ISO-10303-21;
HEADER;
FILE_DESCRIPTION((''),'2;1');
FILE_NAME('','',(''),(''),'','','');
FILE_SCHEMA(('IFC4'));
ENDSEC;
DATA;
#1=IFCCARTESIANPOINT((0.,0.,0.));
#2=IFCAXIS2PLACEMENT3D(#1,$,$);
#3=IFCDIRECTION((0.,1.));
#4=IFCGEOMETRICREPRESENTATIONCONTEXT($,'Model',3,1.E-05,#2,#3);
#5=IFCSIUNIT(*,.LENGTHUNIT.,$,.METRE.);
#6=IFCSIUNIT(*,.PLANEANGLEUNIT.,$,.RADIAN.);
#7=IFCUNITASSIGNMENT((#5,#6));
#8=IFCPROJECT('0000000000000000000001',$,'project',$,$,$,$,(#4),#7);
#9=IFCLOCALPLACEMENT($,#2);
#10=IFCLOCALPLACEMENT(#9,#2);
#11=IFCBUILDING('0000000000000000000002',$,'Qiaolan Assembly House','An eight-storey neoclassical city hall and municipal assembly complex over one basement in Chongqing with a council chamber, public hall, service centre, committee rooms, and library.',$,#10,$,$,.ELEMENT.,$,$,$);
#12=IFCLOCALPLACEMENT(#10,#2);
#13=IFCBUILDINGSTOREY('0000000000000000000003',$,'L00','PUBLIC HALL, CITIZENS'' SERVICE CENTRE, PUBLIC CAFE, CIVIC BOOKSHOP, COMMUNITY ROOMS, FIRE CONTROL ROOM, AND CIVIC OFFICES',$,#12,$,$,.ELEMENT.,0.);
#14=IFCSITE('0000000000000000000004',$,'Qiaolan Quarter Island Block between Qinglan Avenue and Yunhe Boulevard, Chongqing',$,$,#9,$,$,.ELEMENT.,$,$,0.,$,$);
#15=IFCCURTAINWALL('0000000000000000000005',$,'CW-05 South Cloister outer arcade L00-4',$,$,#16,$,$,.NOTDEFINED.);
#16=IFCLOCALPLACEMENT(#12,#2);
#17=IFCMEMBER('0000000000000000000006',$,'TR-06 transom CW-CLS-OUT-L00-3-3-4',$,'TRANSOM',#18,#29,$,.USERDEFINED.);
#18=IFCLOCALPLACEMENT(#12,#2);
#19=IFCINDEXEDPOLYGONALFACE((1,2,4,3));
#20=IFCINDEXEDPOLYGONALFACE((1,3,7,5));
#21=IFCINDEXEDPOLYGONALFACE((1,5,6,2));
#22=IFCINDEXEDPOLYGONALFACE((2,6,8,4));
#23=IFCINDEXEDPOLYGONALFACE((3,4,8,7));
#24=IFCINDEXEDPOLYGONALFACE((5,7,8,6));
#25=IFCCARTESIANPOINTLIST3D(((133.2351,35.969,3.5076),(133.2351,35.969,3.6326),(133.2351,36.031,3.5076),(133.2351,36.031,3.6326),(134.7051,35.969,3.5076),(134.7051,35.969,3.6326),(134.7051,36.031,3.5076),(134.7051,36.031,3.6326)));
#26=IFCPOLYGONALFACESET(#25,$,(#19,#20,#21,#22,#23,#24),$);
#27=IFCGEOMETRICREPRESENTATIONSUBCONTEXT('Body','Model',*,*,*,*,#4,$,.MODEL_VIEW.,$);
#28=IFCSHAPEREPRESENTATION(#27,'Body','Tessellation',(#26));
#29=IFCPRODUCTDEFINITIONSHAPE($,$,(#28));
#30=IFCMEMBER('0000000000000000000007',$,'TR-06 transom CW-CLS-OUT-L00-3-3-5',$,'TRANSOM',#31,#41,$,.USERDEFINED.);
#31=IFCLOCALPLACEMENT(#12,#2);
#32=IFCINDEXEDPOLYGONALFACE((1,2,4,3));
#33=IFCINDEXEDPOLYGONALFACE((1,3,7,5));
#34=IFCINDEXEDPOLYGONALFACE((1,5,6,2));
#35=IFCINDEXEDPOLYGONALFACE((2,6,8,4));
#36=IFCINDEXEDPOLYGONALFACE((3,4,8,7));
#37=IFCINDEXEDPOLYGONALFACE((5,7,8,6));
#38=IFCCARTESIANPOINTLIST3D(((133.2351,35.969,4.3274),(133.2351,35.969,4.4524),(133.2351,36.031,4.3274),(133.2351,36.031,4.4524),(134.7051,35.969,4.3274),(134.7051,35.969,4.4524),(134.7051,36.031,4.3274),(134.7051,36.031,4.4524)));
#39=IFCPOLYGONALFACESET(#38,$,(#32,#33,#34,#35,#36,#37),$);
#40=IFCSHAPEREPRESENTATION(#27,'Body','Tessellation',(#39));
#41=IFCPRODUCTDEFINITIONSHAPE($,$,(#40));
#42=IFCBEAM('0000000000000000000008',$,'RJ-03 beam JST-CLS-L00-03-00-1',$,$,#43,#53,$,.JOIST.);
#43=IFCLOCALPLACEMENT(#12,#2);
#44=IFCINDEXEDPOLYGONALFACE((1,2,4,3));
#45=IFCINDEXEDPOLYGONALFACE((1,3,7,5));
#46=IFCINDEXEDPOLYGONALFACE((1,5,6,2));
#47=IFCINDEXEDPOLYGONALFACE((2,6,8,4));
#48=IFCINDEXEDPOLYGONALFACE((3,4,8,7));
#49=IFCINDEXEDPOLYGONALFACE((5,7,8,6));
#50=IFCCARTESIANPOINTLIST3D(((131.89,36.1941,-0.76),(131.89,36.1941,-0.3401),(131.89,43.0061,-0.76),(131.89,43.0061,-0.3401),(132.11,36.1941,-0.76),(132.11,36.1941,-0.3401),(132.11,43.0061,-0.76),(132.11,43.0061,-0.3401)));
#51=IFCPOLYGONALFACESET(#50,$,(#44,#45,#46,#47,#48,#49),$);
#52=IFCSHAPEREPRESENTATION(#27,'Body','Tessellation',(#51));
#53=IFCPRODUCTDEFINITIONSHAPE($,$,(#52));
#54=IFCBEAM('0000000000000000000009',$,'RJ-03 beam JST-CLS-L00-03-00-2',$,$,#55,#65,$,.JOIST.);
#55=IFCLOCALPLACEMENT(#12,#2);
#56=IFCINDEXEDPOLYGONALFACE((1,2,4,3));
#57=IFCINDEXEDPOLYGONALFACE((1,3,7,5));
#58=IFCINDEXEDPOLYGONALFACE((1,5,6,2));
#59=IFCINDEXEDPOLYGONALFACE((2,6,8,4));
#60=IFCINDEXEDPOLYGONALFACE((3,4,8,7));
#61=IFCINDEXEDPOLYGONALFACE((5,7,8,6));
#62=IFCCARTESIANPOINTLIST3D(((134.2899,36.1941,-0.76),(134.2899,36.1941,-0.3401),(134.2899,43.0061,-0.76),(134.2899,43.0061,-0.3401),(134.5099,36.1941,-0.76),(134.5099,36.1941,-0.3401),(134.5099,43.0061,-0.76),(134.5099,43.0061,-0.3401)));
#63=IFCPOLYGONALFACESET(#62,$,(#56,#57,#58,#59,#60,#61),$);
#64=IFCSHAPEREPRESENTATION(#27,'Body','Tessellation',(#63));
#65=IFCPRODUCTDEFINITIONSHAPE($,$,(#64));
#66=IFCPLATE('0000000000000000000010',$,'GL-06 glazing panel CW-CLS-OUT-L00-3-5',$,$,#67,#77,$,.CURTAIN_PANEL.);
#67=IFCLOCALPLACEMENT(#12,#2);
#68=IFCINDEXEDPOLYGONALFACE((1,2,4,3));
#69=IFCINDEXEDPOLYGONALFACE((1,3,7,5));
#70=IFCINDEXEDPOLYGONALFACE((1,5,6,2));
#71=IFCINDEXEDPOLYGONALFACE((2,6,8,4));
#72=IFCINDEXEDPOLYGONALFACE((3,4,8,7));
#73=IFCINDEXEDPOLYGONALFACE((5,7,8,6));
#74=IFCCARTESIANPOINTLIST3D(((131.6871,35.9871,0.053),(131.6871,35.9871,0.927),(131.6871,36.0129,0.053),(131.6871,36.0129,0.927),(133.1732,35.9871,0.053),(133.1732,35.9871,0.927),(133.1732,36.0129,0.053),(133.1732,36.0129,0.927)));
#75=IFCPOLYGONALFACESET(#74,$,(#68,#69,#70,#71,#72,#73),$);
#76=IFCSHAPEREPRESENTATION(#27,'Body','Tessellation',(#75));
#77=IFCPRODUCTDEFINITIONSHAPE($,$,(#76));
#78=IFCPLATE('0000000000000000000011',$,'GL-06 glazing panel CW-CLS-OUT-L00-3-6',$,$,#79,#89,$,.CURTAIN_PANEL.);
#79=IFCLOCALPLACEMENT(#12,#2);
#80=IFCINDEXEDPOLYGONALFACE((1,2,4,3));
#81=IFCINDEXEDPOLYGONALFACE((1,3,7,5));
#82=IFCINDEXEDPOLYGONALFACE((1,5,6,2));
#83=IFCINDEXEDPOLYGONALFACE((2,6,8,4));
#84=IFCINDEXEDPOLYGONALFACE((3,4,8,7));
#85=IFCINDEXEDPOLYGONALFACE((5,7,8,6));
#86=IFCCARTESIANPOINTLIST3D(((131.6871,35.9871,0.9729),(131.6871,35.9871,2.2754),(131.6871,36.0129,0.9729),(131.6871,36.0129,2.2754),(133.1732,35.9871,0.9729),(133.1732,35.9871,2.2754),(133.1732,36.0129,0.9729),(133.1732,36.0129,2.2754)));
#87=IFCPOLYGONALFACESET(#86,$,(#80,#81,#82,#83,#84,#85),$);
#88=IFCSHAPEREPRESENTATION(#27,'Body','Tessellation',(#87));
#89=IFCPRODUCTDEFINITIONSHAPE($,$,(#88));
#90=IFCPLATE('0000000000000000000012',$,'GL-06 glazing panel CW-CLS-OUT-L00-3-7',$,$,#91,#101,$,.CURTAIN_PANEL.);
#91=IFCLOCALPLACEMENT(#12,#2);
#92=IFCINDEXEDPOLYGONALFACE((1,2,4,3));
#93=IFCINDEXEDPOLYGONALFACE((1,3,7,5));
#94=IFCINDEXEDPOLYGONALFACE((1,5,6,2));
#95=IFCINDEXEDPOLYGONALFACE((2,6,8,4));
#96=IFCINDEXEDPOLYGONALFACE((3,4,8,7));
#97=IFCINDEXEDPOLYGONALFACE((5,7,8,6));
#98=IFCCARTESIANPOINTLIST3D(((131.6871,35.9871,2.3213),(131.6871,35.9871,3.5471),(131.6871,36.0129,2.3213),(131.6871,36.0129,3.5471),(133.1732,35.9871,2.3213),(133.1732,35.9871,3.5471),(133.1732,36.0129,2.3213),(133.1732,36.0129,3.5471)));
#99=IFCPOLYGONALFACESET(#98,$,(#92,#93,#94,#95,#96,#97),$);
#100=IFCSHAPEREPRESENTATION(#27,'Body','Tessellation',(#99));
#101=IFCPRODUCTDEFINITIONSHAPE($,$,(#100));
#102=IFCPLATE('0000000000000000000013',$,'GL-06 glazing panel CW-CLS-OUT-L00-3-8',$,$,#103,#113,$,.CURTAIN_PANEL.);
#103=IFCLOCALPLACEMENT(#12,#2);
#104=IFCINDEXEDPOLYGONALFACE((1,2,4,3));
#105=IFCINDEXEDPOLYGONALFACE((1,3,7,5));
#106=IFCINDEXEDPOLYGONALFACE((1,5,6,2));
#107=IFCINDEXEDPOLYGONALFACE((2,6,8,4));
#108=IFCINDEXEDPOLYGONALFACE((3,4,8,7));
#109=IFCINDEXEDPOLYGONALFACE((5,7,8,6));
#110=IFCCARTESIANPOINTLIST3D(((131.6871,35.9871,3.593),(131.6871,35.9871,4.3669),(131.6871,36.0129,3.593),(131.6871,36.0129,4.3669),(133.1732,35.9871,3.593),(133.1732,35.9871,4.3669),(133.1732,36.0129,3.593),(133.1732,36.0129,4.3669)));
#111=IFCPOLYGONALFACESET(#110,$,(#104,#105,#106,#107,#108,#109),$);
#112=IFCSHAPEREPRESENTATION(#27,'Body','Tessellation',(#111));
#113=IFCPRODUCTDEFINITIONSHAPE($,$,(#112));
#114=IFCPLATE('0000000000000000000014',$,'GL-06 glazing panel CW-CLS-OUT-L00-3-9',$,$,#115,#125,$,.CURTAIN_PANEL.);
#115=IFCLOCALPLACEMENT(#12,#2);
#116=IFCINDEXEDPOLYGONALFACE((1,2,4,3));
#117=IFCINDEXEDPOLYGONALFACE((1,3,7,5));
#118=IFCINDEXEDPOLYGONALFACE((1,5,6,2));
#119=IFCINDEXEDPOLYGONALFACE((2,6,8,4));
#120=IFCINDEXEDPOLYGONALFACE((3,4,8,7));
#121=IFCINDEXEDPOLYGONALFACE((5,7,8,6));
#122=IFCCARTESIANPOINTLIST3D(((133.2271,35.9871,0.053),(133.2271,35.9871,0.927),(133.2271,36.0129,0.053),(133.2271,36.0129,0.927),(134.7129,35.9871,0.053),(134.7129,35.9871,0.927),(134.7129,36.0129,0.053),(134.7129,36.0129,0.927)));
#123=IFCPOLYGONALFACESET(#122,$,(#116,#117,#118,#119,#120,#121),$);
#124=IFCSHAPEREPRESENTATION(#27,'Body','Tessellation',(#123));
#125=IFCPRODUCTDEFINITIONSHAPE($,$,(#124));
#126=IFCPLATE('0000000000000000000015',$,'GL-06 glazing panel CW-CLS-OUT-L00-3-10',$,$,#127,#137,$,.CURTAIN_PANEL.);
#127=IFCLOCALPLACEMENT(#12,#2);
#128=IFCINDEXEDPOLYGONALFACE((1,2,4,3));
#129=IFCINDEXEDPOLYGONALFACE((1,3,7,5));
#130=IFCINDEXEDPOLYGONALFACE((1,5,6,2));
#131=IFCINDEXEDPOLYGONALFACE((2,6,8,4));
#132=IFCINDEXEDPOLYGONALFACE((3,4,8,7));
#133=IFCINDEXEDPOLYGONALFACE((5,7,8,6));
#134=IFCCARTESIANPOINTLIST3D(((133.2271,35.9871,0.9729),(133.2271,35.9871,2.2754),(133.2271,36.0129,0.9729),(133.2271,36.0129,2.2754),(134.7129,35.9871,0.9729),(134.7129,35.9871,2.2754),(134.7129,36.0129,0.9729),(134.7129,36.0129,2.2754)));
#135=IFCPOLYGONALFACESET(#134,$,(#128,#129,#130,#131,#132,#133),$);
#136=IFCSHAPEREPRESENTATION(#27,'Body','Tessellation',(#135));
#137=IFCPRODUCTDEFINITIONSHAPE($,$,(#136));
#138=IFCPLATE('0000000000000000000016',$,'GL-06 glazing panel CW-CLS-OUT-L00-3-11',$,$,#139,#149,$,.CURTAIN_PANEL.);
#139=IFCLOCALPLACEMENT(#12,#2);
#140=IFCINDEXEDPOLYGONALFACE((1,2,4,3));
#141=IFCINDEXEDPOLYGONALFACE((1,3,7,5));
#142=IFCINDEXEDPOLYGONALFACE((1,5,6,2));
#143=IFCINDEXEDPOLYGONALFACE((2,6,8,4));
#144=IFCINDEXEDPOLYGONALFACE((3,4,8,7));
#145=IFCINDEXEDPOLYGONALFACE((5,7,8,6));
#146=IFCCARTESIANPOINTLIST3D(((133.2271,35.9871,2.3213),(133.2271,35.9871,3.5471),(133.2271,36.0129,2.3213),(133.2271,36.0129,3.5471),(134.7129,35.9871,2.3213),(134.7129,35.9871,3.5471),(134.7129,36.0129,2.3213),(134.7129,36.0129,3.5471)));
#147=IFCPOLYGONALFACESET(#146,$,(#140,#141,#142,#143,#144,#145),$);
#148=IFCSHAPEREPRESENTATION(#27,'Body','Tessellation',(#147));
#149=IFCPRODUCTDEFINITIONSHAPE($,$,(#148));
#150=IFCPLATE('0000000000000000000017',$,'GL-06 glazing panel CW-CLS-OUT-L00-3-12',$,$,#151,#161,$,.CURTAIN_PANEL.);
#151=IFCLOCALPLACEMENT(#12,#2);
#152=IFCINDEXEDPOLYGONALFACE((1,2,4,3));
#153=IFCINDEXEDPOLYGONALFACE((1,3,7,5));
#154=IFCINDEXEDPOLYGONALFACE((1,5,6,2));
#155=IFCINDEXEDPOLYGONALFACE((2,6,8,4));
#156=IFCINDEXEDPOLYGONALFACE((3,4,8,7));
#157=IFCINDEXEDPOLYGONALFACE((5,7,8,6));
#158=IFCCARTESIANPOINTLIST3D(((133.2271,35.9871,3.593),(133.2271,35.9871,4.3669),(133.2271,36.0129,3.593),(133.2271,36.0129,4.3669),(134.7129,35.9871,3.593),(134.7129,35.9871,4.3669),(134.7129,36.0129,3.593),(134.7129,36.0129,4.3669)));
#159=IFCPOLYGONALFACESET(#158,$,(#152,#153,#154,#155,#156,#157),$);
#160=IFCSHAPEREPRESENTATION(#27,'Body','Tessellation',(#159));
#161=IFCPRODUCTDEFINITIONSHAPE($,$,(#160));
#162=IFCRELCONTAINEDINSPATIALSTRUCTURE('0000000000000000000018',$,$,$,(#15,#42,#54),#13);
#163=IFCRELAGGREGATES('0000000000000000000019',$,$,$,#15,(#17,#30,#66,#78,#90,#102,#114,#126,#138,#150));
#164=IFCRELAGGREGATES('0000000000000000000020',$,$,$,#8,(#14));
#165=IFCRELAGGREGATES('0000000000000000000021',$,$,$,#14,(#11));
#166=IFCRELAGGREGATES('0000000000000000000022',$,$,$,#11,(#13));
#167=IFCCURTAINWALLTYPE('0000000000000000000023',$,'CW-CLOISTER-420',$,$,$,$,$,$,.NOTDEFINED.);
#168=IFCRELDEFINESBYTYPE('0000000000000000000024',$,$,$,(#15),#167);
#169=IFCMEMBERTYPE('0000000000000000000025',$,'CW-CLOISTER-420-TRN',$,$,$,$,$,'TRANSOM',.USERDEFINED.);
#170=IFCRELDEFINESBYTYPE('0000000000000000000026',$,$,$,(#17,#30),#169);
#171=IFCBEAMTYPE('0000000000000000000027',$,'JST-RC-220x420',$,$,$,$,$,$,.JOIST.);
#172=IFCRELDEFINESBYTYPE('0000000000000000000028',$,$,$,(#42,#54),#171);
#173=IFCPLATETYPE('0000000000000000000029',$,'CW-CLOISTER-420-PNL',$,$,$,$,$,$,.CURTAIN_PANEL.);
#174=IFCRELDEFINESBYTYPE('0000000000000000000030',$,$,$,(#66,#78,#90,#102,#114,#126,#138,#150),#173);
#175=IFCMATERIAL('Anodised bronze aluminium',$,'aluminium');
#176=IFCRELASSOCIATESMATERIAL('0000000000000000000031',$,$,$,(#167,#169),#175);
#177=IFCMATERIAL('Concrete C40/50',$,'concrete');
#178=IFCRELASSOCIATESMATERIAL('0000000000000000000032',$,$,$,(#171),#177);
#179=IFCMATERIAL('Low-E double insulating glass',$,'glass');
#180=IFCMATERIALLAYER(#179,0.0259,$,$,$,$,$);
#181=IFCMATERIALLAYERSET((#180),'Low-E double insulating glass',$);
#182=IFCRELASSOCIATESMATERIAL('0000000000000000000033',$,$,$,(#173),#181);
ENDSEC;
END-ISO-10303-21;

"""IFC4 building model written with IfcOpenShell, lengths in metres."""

from ifc_helpers import new_model, si_unit, direction, frame, frame_2d, origin, origin_2d, place, context, subcontext, project, spatial, rectangle, extrude, material, layer, layer_set, material_profile, profile_set, type_object, element, aggregate, save


model = new_model("IFC4")

# Units and contexts
model_context = context("Model", 3, precision=1e-05, world=origin(), true_north=direction((0.0, 1.0)))
body_context = subcontext(model_context, "Body", "Model", "MODEL_VIEW")
ifc_project = project(units=[si_unit("LENGTHUNIT", "METRE"), si_unit("PLANEANGLEUNIT", "RADIAN")], contexts=[model_context])

# Site, building, storey
site_placement = place(None, origin())
site = spatial("IfcSite", under=ifc_project, at=site_placement, Name="Qiaolan Quarter Island Block between Qinglan Avenue and Yunhe Boulevard, Chongqing", CompositionType="ELEMENT", RefElevation=0.0)
building_placement = place(site_placement, origin())
building = spatial("IfcBuilding", under=site, at=building_placement, Name="Qiaolan Assembly House", Description="An eight-storey neoclassical city hall and municipal assembly complex over one basement in Chongqing with a council chamber, public hall, service centre, committee rooms, and library.", CompositionType="ELEMENT")
storey_placement = place(building_placement, origin())
storey = spatial("IfcBuildingStorey", under=building, at=storey_placement, Name="L00", Description="PUBLIC HALL, CITIZENS' SERVICE CENTRE, PUBLIC CAFE, CIVIC BOOKSHOP, COMMUNITY ROOMS, FIRE CONTROL ROOM, AND CIVIC OFFICES", CompositionType="ELEMENT", Elevation=0.0)

# Curtain wall, members
ifc_material_1 = material(Name="Anodised bronze aluminium", Category="aluminium")
curtain_wall_type = type_object("IfcCurtainWallType", Name="CW-CLOISTER-420", PredefinedType="NOTDEFINED", material=ifc_material_1)
curtain_wall_placement = place(storey_placement, origin())
curtain_wall = element("IfcCurtainWall", 1, at=curtain_wall_placement, inside=storey, type_object=curtain_wall_type, Name="CW-05 South Cloister outer arcade L00-4", PredefinedType="NOTDEFINED")
ifc_material_profile_1 = material_profile(ifc_material_1, rectangle(XDim=0.062, YDim=0.125, at=origin_2d()), Name="TRN 62x125")
ifc_profile_set_1 = profile_set([ifc_material_profile_1], Name="Anodised bronze aluminium")
member_type_1 = type_object("IfcMemberType", Name="CW-CLOISTER-420-TRN", ElementType="TRANSOM", PredefinedType="USERDEFINED", material=ifc_profile_set_1)
member_1_placement = place(storey_placement, frame((133.2351, 36.0, 3.5701), z_axis=(1.0, 0.0, 0.0), x_axis=(0.0, 1.0, 0.0)))
member_1 = element("IfcMember", 2, at=member_1_placement, type_object=member_type_1, Name="TR-06 transom CW-CLS-OUT-L00-3-3-4", ObjectType="TRANSOM", PredefinedType="USERDEFINED", context=body_context, shape_type="SweptSolid", body=[
    extrude(rectangle(XDim=0.062, YDim=0.125, at=origin_2d()), origin(), (0.0, 0.0, 1.0), 1.47),
])
member_2_placement = place(storey_placement, frame((133.2351, 36.0, 4.3899), z_axis=(1.0, 0.0, 0.0), x_axis=(0.0, 1.0, 0.0)))
member_2 = element("IfcMember", 3, at=member_2_placement, type_object=member_type_1, Name="TR-06 transom CW-CLS-OUT-L00-3-3-5", ObjectType="TRANSOM", PredefinedType="USERDEFINED", context=body_context, shape_type="SweptSolid", body=[
    extrude(rectangle(XDim=0.062, YDim=0.125, at=origin_2d()), origin(), (0.0, 0.0, 1.0), 1.47),
])

# Beams
ifc_material_2 = material(Name="Concrete C40/50", Category="concrete")
ifc_material_profile_2 = material_profile(ifc_material_2, rectangle(XDim=0.22, YDim=0.4199, at=origin_2d()), Name="RCB 220x420")
ifc_profile_set_2 = profile_set([ifc_material_profile_2], Name="Concrete C40/50")
beam_type = type_object("IfcBeamType", Name="JST-RC-220x420", PredefinedType="JOIST", material=ifc_profile_set_2)
for number, where, z_axis, x_axis, name in (
    (4, (132.0, 36.1941, -0.55), (0.0, 1.0, 0.0), (-1.0, 0.0, 0.0), "RJ-03 beam JST-CLS-L00-03-00-1"),
    (5, (134.3999, 36.1941, -0.55), (0.0, 1.0, 0.0), (-1.0, 0.0, 0.0), "RJ-03 beam JST-CLS-L00-03-00-2"),
):
    element("IfcBeam", number, at=place(storey_placement, frame(where, z_axis=z_axis, x_axis=x_axis)), inside=storey, type_object=beam_type, Name=name, PredefinedType="JOIST", context=body_context, shape_type="SweptSolid", body=[
        extrude(rectangle(XDim=0.22, YDim=0.4199, at=origin_2d()), origin(), (0.0, 0.0, 1.0), 6.812),
    ])

# Plates
ifc_material_3 = material(Name="Low-E double insulating glass", Category="glass")
ifc_layer = layer(ifc_material_3, 0.0259)
ifc_layer_set = layer_set([ifc_layer], Name="Low-E double insulating glass")
plate_type = type_object("IfcPlateType", Name="CW-CLOISTER-420-PNL", PredefinedType="CURTAIN_PANEL", material=ifc_layer_set)
plate_1_placement = place(storey_placement, frame((131.687, 36.0, 0.053), z_axis=(0.0, 0.0, 1.0), x_axis=(1.0, 0.0, 0.0)))
plate_1 = element("IfcPlate", 6, at=plate_1_placement, type_object=plate_type, Name="GL-06 glazing panel CW-CLS-OUT-L00-3-5", PredefinedType="CURTAIN_PANEL", context=body_context, shape_type="SweptSolid", body=[
    extrude(rectangle(XDim=1.4861, YDim=0.0259, at=frame_2d((0.7432, 0.0))), origin(), (0.0, 0.0, 1.0), 0.874),
])
plate_2_placement = place(storey_placement, frame((131.687, 36.0, 0.9729), z_axis=(0.0, 0.0, 1.0), x_axis=(1.0, 0.0, 0.0)))
plate_2 = element("IfcPlate", 7, at=plate_2_placement, type_object=plate_type, Name="GL-06 glazing panel CW-CLS-OUT-L00-3-6", PredefinedType="CURTAIN_PANEL", context=body_context, shape_type="SweptSolid", body=[
    extrude(rectangle(XDim=1.4861, YDim=0.0259, at=frame_2d((0.7432, 0.0))), origin(), (0.0, 0.0, 1.0), 1.3025),
])
plate_3_placement = place(storey_placement, frame((131.687, 36.0, 2.3213), z_axis=(0.0, 0.0, 1.0), x_axis=(1.0, 0.0, 0.0)))
plate_3 = element("IfcPlate", 8, at=plate_3_placement, type_object=plate_type, Name="GL-06 glazing panel CW-CLS-OUT-L00-3-7", PredefinedType="CURTAIN_PANEL", context=body_context, shape_type="SweptSolid", body=[
    extrude(rectangle(XDim=1.4861, YDim=0.0259, at=frame_2d((0.7432, 0.0))), origin(), (0.0, 0.0, 1.0), 1.2258),
])
plate_4_placement = place(storey_placement, frame((131.687, 36.0, 3.593), z_axis=(0.0, 0.0, 1.0), x_axis=(1.0, 0.0, 0.0)))
plate_4 = element("IfcPlate", 9, at=plate_4_placement, type_object=plate_type, Name="GL-06 glazing panel CW-CLS-OUT-L00-3-8", PredefinedType="CURTAIN_PANEL", context=body_context, shape_type="SweptSolid", body=[
    extrude(rectangle(XDim=1.4861, YDim=0.0259, at=frame_2d((0.7432, 0.0))), origin(), (0.0, 0.0, 1.0), 0.7739),
])
plate_5_placement = place(storey_placement, frame((133.2271, 36.0, 0.053), z_axis=(0.0, 0.0, 1.0), x_axis=(1.0, 0.0, 0.0)))
plate_5 = element("IfcPlate", 10, at=plate_5_placement, type_object=plate_type, Name="GL-06 glazing panel CW-CLS-OUT-L00-3-9", PredefinedType="CURTAIN_PANEL", context=body_context, shape_type="SweptSolid", body=[
    extrude(rectangle(XDim=1.4858, YDim=0.0259, at=frame_2d((0.7429, 0.0))), origin(), (0.0, 0.0, 1.0), 0.874),
])
plate_6_placement = place(storey_placement, frame((133.2271, 36.0, 0.9729), z_axis=(0.0, 0.0, 1.0), x_axis=(1.0, 0.0, 0.0)))
plate_6 = element("IfcPlate", 11, at=plate_6_placement, type_object=plate_type, Name="GL-06 glazing panel CW-CLS-OUT-L00-3-10", PredefinedType="CURTAIN_PANEL", context=body_context, shape_type="SweptSolid", body=[
    extrude(rectangle(XDim=1.4858, YDim=0.0259, at=frame_2d((0.7429, 0.0))), origin(), (0.0, 0.0, 1.0), 1.3025),
])
plate_7_placement = place(storey_placement, frame((133.2271, 36.0, 2.3213), z_axis=(0.0, 0.0, 1.0), x_axis=(1.0, 0.0, 0.0)))
plate_7 = element("IfcPlate", 12, at=plate_7_placement, type_object=plate_type, Name="GL-06 glazing panel CW-CLS-OUT-L00-3-11", PredefinedType="CURTAIN_PANEL", context=body_context, shape_type="SweptSolid", body=[
    extrude(rectangle(XDim=1.4858, YDim=0.0259, at=frame_2d((0.7429, 0.0))), origin(), (0.0, 0.0, 1.0), 1.2258),
])
plate_8_placement = place(storey_placement, frame((133.2271, 36.0, 3.593), z_axis=(0.0, 0.0, 1.0), x_axis=(1.0, 0.0, 0.0)))
plate_8 = element("IfcPlate", 13, at=plate_8_placement, type_object=plate_type, Name="GL-06 glazing panel CW-CLS-OUT-L00-3-12", PredefinedType="CURTAIN_PANEL", context=body_context, shape_type="SweptSolid", body=[
    extrude(rectangle(XDim=1.4858, YDim=0.0259, at=frame_2d((0.7429, 0.0))), origin(), (0.0, 0.0, 1.0), 0.7739),
])
aggregate(curtain_wall, [member_1, member_2, plate_1, plate_2, plate_3, plate_4, plate_5, plate_6, plate_7, plate_8])

save(model, "model.ifc")
